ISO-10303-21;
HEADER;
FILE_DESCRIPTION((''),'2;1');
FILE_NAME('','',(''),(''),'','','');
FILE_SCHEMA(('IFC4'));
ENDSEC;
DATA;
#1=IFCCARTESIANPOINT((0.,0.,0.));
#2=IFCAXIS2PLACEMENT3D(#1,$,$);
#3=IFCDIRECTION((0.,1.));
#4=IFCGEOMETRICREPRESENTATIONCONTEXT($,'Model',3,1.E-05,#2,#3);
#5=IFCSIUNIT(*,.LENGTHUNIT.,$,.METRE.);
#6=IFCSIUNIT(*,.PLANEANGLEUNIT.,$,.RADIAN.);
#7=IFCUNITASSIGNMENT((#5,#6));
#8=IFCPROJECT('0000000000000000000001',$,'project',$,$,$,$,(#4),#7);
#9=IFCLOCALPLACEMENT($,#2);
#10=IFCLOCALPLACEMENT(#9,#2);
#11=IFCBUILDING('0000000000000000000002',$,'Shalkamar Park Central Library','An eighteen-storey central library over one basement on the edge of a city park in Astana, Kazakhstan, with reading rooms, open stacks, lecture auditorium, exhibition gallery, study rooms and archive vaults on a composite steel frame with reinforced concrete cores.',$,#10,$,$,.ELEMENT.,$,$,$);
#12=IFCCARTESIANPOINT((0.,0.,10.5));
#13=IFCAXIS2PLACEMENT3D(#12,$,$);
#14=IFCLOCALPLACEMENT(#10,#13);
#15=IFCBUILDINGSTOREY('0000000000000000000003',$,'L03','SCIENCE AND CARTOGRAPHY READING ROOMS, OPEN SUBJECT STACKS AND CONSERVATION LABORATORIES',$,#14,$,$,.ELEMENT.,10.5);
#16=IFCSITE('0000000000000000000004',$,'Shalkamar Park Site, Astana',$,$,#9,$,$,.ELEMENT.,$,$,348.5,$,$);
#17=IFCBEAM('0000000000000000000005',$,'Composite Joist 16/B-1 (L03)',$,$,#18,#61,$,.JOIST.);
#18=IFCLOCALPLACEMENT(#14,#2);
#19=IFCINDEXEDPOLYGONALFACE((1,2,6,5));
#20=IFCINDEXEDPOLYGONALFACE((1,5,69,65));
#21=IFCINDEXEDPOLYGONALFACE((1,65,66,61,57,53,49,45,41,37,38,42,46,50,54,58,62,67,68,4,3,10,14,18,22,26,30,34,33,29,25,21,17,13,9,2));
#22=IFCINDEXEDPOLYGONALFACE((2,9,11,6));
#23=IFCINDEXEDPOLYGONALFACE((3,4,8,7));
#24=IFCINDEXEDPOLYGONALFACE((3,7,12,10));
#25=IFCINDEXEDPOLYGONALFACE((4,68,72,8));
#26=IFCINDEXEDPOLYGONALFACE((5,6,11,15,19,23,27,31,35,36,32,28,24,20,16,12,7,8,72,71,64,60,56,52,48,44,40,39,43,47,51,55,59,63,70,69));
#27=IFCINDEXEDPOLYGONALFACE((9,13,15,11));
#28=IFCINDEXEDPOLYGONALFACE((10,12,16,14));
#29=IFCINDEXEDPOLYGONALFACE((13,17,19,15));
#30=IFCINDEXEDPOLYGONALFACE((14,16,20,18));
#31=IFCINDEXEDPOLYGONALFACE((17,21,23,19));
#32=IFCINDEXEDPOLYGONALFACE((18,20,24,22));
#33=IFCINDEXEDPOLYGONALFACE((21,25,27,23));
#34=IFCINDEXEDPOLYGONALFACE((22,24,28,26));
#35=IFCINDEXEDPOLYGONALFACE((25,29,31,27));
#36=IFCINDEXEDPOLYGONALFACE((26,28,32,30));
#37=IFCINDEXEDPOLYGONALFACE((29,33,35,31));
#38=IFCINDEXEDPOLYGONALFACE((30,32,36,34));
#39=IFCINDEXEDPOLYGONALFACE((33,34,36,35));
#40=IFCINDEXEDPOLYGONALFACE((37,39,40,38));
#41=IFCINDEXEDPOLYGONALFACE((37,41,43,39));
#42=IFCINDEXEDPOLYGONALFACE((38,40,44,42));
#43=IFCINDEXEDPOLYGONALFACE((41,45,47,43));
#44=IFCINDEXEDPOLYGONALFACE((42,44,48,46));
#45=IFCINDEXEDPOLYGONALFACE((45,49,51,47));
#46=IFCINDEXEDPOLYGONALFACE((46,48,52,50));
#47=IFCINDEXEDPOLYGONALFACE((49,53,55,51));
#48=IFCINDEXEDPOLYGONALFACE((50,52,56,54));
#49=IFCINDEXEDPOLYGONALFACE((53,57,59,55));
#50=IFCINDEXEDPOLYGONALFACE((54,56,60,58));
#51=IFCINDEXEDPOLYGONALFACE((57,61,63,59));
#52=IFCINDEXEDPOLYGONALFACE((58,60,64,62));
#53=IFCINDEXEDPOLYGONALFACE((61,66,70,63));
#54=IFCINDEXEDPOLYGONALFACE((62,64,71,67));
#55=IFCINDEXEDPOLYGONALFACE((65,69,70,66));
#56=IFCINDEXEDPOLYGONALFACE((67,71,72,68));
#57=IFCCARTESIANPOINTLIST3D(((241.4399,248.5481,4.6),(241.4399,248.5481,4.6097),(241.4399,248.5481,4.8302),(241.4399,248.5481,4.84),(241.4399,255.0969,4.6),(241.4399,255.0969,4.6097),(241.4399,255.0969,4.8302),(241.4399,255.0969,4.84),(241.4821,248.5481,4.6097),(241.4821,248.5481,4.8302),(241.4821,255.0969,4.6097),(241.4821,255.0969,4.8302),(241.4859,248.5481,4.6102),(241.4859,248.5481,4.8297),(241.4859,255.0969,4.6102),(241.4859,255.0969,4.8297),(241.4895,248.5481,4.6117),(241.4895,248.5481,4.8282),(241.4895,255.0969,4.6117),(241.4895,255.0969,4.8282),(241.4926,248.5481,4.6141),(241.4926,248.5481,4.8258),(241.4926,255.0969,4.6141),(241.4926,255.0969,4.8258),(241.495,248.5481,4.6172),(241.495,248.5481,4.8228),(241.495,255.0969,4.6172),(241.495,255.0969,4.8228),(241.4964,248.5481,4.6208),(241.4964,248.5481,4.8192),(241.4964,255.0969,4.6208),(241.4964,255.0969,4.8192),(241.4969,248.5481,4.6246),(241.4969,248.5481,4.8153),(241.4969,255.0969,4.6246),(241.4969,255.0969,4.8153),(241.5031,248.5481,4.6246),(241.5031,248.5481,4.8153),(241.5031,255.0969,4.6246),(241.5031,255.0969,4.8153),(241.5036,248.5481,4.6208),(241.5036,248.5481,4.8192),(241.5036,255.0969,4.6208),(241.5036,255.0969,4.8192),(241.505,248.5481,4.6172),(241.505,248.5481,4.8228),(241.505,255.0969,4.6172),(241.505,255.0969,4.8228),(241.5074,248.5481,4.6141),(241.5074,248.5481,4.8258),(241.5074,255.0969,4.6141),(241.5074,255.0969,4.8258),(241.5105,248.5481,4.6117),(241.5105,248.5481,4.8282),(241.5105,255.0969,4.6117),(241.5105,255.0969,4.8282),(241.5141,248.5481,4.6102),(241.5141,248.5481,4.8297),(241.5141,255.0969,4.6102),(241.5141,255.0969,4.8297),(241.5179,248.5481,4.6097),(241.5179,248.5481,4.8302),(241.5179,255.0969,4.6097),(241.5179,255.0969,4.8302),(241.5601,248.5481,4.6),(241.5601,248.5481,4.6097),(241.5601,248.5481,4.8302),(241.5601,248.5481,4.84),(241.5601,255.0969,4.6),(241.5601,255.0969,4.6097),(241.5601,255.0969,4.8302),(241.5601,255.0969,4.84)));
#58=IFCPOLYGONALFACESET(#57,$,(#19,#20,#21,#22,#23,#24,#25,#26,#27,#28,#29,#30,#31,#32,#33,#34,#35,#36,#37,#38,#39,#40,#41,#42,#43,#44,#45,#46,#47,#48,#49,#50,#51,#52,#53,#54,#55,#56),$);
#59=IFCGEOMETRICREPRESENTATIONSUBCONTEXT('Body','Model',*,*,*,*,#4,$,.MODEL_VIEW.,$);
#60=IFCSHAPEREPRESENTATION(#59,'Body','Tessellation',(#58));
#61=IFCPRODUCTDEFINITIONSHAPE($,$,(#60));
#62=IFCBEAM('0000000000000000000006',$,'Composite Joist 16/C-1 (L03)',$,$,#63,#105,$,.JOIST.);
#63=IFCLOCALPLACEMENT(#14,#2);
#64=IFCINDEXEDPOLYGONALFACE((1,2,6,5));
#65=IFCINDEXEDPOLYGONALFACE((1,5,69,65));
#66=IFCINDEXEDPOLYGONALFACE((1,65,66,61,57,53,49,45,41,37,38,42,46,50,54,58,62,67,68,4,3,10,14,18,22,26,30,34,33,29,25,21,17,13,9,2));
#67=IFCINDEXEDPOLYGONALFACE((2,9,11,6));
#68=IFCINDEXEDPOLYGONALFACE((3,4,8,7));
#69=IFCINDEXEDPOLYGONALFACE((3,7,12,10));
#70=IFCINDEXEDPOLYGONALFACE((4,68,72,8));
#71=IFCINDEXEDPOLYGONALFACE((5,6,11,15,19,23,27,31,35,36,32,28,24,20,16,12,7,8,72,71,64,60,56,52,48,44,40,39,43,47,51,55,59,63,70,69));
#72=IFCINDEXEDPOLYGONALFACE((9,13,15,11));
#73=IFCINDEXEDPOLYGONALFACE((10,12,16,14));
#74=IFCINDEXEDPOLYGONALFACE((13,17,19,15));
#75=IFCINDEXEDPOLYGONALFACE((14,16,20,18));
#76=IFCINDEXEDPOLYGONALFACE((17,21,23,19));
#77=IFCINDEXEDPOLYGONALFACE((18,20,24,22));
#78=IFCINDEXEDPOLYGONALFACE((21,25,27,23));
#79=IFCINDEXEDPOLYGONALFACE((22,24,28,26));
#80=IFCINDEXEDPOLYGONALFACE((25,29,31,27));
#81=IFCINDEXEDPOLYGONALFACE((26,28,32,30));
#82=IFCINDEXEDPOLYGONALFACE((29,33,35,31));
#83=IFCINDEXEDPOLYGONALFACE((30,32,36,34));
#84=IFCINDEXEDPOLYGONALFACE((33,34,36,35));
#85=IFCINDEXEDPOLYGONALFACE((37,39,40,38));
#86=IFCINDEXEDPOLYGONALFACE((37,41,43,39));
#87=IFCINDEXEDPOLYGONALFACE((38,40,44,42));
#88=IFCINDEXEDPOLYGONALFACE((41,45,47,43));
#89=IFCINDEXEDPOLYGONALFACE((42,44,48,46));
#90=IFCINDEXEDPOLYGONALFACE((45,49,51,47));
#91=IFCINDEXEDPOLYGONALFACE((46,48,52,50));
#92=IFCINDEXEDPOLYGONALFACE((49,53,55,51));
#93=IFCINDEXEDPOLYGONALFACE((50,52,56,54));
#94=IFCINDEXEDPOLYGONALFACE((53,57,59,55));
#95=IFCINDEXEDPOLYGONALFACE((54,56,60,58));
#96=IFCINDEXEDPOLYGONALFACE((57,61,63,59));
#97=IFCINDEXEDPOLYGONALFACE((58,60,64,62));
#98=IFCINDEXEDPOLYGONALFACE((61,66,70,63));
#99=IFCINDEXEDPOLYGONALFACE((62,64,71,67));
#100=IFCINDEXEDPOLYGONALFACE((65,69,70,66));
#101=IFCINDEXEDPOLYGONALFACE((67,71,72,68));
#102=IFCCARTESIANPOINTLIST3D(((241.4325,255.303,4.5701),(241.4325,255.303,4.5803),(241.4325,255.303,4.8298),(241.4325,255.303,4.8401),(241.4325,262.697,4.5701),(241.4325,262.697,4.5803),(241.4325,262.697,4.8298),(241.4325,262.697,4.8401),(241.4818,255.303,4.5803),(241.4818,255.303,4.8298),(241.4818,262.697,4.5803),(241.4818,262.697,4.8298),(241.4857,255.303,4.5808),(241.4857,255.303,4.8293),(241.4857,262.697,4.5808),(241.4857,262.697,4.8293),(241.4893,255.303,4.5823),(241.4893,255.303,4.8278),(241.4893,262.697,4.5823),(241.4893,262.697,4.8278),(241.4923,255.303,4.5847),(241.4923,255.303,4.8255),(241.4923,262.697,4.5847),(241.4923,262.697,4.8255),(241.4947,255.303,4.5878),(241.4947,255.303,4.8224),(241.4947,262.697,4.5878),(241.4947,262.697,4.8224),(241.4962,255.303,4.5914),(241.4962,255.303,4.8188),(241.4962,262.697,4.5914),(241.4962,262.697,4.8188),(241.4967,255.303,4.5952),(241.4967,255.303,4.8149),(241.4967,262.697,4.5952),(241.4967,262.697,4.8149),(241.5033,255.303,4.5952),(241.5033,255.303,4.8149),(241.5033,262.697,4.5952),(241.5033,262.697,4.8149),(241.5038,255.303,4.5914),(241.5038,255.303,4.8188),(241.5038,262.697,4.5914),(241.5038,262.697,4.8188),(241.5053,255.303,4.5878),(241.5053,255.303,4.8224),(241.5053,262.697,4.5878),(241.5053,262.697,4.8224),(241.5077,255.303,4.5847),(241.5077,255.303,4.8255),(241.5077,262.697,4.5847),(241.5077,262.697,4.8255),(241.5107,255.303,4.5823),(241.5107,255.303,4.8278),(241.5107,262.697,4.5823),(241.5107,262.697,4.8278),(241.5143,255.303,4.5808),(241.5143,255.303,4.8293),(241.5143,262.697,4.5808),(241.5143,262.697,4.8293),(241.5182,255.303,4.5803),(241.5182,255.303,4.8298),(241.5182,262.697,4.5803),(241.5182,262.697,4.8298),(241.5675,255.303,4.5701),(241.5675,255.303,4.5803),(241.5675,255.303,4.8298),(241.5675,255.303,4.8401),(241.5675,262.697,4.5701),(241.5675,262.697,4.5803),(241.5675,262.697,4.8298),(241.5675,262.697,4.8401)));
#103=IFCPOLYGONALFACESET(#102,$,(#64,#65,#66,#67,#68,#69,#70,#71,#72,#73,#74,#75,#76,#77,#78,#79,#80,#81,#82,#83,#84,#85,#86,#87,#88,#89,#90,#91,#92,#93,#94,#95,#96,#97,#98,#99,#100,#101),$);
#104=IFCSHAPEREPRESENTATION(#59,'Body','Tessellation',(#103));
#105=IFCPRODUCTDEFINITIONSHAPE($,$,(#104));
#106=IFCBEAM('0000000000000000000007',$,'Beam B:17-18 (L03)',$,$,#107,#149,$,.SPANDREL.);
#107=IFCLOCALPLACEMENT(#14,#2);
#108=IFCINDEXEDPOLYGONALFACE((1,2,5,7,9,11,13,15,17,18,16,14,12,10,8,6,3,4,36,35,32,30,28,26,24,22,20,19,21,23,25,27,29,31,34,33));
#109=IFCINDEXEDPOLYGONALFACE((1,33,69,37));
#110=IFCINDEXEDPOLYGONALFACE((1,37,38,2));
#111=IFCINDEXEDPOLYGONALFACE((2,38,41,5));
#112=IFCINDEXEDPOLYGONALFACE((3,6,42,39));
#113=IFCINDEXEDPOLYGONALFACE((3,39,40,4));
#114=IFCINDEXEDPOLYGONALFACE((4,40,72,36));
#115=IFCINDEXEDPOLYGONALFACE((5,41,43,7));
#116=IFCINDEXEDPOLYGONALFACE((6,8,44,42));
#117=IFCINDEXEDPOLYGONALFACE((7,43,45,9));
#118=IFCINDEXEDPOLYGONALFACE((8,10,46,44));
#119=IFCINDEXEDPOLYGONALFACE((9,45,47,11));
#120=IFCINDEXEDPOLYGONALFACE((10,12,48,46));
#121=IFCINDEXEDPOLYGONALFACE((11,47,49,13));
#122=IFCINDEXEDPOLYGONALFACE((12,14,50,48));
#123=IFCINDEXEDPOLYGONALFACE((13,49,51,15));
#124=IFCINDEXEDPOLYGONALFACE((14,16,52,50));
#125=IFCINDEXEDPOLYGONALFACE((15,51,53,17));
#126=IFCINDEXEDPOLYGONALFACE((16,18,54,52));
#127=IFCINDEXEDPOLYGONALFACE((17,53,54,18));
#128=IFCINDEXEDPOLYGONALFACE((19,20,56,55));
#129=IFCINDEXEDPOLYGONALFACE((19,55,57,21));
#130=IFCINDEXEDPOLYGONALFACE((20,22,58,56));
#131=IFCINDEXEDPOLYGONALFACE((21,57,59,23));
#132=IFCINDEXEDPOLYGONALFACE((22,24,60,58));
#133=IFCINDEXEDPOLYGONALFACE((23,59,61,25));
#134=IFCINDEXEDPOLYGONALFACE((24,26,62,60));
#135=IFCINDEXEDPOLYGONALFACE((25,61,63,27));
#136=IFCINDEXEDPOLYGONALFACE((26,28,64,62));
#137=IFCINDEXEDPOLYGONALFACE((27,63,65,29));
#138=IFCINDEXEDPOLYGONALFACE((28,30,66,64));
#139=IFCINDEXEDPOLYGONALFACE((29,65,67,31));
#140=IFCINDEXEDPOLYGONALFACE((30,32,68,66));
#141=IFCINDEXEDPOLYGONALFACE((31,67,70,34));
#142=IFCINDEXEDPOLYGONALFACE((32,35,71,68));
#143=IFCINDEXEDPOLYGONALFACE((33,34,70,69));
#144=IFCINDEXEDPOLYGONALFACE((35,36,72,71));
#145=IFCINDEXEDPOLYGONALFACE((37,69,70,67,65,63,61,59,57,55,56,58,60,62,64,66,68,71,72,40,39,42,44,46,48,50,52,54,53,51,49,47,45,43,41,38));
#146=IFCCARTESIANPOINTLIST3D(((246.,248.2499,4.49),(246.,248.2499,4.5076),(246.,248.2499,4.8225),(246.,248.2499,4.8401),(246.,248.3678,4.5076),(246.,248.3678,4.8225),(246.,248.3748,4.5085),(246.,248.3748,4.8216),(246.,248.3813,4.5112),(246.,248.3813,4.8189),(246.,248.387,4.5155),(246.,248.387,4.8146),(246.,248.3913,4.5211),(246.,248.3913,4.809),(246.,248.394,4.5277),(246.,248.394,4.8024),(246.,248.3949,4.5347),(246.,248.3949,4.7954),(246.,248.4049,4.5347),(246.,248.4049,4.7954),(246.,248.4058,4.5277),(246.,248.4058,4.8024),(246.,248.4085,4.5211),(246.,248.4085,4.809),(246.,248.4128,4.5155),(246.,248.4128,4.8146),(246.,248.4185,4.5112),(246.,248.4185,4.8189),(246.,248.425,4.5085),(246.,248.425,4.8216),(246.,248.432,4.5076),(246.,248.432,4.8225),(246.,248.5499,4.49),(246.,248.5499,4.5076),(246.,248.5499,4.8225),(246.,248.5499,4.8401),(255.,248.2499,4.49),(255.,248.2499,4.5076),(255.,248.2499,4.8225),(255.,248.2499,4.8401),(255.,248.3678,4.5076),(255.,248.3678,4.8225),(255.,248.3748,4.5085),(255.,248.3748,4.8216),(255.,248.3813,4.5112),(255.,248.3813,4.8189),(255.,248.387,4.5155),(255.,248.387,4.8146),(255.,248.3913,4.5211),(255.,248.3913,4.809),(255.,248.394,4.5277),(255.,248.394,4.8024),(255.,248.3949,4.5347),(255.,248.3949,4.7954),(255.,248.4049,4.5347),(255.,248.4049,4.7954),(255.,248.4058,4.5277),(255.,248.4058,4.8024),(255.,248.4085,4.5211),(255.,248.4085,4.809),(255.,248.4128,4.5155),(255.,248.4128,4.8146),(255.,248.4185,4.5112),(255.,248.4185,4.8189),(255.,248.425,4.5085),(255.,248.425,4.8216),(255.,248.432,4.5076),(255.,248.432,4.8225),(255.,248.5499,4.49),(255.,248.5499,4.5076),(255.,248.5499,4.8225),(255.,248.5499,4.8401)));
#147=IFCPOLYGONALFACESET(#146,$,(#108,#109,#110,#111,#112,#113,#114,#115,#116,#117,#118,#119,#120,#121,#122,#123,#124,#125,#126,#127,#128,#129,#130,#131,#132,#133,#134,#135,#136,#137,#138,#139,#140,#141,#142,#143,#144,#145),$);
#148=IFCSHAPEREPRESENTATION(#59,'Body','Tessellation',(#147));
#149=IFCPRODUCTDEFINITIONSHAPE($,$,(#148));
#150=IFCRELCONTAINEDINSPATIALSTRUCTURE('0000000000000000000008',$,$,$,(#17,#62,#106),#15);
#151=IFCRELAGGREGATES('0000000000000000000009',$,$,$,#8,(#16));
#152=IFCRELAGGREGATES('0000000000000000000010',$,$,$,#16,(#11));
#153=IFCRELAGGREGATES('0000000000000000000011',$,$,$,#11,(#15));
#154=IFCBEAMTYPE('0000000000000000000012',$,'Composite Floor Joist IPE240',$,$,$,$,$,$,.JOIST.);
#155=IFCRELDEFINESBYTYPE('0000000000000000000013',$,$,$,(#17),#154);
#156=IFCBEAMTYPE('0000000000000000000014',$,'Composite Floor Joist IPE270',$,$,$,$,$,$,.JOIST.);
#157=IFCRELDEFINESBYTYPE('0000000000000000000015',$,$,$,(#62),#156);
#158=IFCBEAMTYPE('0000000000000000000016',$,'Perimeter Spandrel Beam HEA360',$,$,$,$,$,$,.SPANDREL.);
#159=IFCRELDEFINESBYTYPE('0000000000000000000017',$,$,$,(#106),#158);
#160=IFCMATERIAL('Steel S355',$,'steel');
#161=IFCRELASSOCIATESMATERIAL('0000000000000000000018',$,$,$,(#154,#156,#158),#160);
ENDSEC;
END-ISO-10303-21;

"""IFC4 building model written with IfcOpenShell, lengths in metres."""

from ifc_helpers import new_model, si_unit, direction, frame, origin, origin_2d, place, context, subcontext, project, spatial, i_section, extrude, material, material_profile, profile_set, type_object, element, save


model = new_model("IFC4")

# Units and contexts
model_context = context("Model", 3, precision=1e-05, world=origin(), true_north=direction((0.0, 1.0)))
body_context = subcontext(model_context, "Body", "Model", "MODEL_VIEW")
ifc_project = project(units=[si_unit("LENGTHUNIT", "METRE"), si_unit("PLANEANGLEUNIT", "RADIAN")], contexts=[model_context])

# Site, building, storey
site_placement = place(None, origin())
site = spatial("IfcSite", under=ifc_project, at=site_placement, Name="Shalkamar Park Site, Astana", CompositionType="ELEMENT", RefElevation=348.5)
building_placement = place(site_placement, origin())
building = spatial("IfcBuilding", under=site, at=building_placement, Name="Shalkamar Park Central Library", Description="An eighteen-storey central library over one basement on the edge of a city park in Astana, Kazakhstan, with reading rooms, open stacks, lecture auditorium, exhibition gallery, study rooms and archive vaults on a composite steel frame with reinforced concrete cores.", CompositionType="ELEMENT")
storey_placement = place(building_placement, frame((0.0, 0.0, 10.5)))
storey = spatial("IfcBuildingStorey", under=building, at=storey_placement, Name="L03", Description="SCIENCE AND CARTOGRAPHY READING ROOMS, OPEN SUBJECT STACKS AND CONSERVATION LABORATORIES", CompositionType="ELEMENT", Elevation=10.5)

# Shared definitions
ifc_material_1 = material(Name="Steel S355", Category="steel")

# Beams
ifc_material_profile_1 = material_profile(ifc_material_1, i_section(OverallWidth=0.1201, OverallDepth=0.24, WebThickness=0.0061, FlangeThickness=0.0098, FilletRadius=0.0149, at=origin_2d()), Name="IPE 240")
ifc_profile_set_1 = profile_set([ifc_material_profile_1], Name="Steel S355")
beam_type_1 = type_object("IfcBeamType", Name="Composite Floor Joist IPE240", PredefinedType="JOIST", material=ifc_profile_set_1)
beam_1_placement = place(storey_placement, frame((241.5, 248.5481, 4.72), z_axis=(0.0, 1.0, 0.0), x_axis=(-1.0, 0.0, 0.0)))
element("IfcBeam", 1, at=beam_1_placement, inside=storey, type_object=beam_type_1, Name="Composite Joist 16/B-1 (L03)", PredefinedType="JOIST", context=body_context, shape_type="SweptSolid", body=[
    extrude(i_section(OverallWidth=0.1201, OverallDepth=0.24, WebThickness=0.0061, FlangeThickness=0.0098, FilletRadius=0.0149, at=origin_2d()), origin(), (0.0, 0.0, 1.0), 6.5488),
])
ifc_material_profile_2 = material_profile(ifc_material_1, i_section(OverallWidth=0.135, OverallDepth=0.27, WebThickness=0.0066, FlangeThickness=0.0103, FilletRadius=0.0149, at=origin_2d()), Name="IPE 270")
ifc_profile_set_2 = profile_set([ifc_material_profile_2], Name="Steel S355")
beam_type_2 = type_object("IfcBeamType", Name="Composite Floor Joist IPE270", PredefinedType="JOIST", material=ifc_profile_set_2)
beam_2_placement = place(storey_placement, frame((241.5, 255.303, 4.7051), z_axis=(0.0, 1.0, 0.0), x_axis=(-1.0, 0.0, 0.0)))
element("IfcBeam", 2, at=beam_2_placement, inside=storey, type_object=beam_type_2, Name="Composite Joist 16/C-1 (L03)", PredefinedType="JOIST", context=body_context, shape_type="SweptSolid", body=[
    extrude(i_section(OverallWidth=0.135, OverallDepth=0.27, WebThickness=0.0066, FlangeThickness=0.0103, FilletRadius=0.0149, at=origin_2d()), origin(), (0.0, 0.0, 1.0), 7.394),
])
ifc_material_profile_3 = material_profile(ifc_material_1, i_section(OverallWidth=0.3, OverallDepth=0.3501, WebThickness=0.01, FlangeThickness=0.0176, FilletRadius=0.0271, at=origin_2d()), Name="HEA 360")
ifc_profile_set_3 = profile_set([ifc_material_profile_3], Name="Steel S355")
beam_type_3 = type_object("IfcBeamType", Name="Perimeter Spandrel Beam HEA360", PredefinedType="SPANDREL", material=ifc_profile_set_3)
beam_3_placement = place(storey_placement, frame((246.0, 248.3999, 4.665), z_axis=(1.0, 0.0, 0.0), x_axis=(0.0, 1.0, 0.0)))
element("IfcBeam", 3, at=beam_3_placement, inside=storey, type_object=beam_type_3, Name="Beam B:17-18 (L03)", PredefinedType="SPANDREL", context=body_context, shape_type="SweptSolid", body=[
    extrude(i_section(OverallWidth=0.3, OverallDepth=0.3501, WebThickness=0.01, FlangeThickness=0.0176, FilletRadius=0.0271, at=origin_2d()), origin(), (0.0, 0.0, 1.0), 9.0),
])

save(model, "model.ifc")
